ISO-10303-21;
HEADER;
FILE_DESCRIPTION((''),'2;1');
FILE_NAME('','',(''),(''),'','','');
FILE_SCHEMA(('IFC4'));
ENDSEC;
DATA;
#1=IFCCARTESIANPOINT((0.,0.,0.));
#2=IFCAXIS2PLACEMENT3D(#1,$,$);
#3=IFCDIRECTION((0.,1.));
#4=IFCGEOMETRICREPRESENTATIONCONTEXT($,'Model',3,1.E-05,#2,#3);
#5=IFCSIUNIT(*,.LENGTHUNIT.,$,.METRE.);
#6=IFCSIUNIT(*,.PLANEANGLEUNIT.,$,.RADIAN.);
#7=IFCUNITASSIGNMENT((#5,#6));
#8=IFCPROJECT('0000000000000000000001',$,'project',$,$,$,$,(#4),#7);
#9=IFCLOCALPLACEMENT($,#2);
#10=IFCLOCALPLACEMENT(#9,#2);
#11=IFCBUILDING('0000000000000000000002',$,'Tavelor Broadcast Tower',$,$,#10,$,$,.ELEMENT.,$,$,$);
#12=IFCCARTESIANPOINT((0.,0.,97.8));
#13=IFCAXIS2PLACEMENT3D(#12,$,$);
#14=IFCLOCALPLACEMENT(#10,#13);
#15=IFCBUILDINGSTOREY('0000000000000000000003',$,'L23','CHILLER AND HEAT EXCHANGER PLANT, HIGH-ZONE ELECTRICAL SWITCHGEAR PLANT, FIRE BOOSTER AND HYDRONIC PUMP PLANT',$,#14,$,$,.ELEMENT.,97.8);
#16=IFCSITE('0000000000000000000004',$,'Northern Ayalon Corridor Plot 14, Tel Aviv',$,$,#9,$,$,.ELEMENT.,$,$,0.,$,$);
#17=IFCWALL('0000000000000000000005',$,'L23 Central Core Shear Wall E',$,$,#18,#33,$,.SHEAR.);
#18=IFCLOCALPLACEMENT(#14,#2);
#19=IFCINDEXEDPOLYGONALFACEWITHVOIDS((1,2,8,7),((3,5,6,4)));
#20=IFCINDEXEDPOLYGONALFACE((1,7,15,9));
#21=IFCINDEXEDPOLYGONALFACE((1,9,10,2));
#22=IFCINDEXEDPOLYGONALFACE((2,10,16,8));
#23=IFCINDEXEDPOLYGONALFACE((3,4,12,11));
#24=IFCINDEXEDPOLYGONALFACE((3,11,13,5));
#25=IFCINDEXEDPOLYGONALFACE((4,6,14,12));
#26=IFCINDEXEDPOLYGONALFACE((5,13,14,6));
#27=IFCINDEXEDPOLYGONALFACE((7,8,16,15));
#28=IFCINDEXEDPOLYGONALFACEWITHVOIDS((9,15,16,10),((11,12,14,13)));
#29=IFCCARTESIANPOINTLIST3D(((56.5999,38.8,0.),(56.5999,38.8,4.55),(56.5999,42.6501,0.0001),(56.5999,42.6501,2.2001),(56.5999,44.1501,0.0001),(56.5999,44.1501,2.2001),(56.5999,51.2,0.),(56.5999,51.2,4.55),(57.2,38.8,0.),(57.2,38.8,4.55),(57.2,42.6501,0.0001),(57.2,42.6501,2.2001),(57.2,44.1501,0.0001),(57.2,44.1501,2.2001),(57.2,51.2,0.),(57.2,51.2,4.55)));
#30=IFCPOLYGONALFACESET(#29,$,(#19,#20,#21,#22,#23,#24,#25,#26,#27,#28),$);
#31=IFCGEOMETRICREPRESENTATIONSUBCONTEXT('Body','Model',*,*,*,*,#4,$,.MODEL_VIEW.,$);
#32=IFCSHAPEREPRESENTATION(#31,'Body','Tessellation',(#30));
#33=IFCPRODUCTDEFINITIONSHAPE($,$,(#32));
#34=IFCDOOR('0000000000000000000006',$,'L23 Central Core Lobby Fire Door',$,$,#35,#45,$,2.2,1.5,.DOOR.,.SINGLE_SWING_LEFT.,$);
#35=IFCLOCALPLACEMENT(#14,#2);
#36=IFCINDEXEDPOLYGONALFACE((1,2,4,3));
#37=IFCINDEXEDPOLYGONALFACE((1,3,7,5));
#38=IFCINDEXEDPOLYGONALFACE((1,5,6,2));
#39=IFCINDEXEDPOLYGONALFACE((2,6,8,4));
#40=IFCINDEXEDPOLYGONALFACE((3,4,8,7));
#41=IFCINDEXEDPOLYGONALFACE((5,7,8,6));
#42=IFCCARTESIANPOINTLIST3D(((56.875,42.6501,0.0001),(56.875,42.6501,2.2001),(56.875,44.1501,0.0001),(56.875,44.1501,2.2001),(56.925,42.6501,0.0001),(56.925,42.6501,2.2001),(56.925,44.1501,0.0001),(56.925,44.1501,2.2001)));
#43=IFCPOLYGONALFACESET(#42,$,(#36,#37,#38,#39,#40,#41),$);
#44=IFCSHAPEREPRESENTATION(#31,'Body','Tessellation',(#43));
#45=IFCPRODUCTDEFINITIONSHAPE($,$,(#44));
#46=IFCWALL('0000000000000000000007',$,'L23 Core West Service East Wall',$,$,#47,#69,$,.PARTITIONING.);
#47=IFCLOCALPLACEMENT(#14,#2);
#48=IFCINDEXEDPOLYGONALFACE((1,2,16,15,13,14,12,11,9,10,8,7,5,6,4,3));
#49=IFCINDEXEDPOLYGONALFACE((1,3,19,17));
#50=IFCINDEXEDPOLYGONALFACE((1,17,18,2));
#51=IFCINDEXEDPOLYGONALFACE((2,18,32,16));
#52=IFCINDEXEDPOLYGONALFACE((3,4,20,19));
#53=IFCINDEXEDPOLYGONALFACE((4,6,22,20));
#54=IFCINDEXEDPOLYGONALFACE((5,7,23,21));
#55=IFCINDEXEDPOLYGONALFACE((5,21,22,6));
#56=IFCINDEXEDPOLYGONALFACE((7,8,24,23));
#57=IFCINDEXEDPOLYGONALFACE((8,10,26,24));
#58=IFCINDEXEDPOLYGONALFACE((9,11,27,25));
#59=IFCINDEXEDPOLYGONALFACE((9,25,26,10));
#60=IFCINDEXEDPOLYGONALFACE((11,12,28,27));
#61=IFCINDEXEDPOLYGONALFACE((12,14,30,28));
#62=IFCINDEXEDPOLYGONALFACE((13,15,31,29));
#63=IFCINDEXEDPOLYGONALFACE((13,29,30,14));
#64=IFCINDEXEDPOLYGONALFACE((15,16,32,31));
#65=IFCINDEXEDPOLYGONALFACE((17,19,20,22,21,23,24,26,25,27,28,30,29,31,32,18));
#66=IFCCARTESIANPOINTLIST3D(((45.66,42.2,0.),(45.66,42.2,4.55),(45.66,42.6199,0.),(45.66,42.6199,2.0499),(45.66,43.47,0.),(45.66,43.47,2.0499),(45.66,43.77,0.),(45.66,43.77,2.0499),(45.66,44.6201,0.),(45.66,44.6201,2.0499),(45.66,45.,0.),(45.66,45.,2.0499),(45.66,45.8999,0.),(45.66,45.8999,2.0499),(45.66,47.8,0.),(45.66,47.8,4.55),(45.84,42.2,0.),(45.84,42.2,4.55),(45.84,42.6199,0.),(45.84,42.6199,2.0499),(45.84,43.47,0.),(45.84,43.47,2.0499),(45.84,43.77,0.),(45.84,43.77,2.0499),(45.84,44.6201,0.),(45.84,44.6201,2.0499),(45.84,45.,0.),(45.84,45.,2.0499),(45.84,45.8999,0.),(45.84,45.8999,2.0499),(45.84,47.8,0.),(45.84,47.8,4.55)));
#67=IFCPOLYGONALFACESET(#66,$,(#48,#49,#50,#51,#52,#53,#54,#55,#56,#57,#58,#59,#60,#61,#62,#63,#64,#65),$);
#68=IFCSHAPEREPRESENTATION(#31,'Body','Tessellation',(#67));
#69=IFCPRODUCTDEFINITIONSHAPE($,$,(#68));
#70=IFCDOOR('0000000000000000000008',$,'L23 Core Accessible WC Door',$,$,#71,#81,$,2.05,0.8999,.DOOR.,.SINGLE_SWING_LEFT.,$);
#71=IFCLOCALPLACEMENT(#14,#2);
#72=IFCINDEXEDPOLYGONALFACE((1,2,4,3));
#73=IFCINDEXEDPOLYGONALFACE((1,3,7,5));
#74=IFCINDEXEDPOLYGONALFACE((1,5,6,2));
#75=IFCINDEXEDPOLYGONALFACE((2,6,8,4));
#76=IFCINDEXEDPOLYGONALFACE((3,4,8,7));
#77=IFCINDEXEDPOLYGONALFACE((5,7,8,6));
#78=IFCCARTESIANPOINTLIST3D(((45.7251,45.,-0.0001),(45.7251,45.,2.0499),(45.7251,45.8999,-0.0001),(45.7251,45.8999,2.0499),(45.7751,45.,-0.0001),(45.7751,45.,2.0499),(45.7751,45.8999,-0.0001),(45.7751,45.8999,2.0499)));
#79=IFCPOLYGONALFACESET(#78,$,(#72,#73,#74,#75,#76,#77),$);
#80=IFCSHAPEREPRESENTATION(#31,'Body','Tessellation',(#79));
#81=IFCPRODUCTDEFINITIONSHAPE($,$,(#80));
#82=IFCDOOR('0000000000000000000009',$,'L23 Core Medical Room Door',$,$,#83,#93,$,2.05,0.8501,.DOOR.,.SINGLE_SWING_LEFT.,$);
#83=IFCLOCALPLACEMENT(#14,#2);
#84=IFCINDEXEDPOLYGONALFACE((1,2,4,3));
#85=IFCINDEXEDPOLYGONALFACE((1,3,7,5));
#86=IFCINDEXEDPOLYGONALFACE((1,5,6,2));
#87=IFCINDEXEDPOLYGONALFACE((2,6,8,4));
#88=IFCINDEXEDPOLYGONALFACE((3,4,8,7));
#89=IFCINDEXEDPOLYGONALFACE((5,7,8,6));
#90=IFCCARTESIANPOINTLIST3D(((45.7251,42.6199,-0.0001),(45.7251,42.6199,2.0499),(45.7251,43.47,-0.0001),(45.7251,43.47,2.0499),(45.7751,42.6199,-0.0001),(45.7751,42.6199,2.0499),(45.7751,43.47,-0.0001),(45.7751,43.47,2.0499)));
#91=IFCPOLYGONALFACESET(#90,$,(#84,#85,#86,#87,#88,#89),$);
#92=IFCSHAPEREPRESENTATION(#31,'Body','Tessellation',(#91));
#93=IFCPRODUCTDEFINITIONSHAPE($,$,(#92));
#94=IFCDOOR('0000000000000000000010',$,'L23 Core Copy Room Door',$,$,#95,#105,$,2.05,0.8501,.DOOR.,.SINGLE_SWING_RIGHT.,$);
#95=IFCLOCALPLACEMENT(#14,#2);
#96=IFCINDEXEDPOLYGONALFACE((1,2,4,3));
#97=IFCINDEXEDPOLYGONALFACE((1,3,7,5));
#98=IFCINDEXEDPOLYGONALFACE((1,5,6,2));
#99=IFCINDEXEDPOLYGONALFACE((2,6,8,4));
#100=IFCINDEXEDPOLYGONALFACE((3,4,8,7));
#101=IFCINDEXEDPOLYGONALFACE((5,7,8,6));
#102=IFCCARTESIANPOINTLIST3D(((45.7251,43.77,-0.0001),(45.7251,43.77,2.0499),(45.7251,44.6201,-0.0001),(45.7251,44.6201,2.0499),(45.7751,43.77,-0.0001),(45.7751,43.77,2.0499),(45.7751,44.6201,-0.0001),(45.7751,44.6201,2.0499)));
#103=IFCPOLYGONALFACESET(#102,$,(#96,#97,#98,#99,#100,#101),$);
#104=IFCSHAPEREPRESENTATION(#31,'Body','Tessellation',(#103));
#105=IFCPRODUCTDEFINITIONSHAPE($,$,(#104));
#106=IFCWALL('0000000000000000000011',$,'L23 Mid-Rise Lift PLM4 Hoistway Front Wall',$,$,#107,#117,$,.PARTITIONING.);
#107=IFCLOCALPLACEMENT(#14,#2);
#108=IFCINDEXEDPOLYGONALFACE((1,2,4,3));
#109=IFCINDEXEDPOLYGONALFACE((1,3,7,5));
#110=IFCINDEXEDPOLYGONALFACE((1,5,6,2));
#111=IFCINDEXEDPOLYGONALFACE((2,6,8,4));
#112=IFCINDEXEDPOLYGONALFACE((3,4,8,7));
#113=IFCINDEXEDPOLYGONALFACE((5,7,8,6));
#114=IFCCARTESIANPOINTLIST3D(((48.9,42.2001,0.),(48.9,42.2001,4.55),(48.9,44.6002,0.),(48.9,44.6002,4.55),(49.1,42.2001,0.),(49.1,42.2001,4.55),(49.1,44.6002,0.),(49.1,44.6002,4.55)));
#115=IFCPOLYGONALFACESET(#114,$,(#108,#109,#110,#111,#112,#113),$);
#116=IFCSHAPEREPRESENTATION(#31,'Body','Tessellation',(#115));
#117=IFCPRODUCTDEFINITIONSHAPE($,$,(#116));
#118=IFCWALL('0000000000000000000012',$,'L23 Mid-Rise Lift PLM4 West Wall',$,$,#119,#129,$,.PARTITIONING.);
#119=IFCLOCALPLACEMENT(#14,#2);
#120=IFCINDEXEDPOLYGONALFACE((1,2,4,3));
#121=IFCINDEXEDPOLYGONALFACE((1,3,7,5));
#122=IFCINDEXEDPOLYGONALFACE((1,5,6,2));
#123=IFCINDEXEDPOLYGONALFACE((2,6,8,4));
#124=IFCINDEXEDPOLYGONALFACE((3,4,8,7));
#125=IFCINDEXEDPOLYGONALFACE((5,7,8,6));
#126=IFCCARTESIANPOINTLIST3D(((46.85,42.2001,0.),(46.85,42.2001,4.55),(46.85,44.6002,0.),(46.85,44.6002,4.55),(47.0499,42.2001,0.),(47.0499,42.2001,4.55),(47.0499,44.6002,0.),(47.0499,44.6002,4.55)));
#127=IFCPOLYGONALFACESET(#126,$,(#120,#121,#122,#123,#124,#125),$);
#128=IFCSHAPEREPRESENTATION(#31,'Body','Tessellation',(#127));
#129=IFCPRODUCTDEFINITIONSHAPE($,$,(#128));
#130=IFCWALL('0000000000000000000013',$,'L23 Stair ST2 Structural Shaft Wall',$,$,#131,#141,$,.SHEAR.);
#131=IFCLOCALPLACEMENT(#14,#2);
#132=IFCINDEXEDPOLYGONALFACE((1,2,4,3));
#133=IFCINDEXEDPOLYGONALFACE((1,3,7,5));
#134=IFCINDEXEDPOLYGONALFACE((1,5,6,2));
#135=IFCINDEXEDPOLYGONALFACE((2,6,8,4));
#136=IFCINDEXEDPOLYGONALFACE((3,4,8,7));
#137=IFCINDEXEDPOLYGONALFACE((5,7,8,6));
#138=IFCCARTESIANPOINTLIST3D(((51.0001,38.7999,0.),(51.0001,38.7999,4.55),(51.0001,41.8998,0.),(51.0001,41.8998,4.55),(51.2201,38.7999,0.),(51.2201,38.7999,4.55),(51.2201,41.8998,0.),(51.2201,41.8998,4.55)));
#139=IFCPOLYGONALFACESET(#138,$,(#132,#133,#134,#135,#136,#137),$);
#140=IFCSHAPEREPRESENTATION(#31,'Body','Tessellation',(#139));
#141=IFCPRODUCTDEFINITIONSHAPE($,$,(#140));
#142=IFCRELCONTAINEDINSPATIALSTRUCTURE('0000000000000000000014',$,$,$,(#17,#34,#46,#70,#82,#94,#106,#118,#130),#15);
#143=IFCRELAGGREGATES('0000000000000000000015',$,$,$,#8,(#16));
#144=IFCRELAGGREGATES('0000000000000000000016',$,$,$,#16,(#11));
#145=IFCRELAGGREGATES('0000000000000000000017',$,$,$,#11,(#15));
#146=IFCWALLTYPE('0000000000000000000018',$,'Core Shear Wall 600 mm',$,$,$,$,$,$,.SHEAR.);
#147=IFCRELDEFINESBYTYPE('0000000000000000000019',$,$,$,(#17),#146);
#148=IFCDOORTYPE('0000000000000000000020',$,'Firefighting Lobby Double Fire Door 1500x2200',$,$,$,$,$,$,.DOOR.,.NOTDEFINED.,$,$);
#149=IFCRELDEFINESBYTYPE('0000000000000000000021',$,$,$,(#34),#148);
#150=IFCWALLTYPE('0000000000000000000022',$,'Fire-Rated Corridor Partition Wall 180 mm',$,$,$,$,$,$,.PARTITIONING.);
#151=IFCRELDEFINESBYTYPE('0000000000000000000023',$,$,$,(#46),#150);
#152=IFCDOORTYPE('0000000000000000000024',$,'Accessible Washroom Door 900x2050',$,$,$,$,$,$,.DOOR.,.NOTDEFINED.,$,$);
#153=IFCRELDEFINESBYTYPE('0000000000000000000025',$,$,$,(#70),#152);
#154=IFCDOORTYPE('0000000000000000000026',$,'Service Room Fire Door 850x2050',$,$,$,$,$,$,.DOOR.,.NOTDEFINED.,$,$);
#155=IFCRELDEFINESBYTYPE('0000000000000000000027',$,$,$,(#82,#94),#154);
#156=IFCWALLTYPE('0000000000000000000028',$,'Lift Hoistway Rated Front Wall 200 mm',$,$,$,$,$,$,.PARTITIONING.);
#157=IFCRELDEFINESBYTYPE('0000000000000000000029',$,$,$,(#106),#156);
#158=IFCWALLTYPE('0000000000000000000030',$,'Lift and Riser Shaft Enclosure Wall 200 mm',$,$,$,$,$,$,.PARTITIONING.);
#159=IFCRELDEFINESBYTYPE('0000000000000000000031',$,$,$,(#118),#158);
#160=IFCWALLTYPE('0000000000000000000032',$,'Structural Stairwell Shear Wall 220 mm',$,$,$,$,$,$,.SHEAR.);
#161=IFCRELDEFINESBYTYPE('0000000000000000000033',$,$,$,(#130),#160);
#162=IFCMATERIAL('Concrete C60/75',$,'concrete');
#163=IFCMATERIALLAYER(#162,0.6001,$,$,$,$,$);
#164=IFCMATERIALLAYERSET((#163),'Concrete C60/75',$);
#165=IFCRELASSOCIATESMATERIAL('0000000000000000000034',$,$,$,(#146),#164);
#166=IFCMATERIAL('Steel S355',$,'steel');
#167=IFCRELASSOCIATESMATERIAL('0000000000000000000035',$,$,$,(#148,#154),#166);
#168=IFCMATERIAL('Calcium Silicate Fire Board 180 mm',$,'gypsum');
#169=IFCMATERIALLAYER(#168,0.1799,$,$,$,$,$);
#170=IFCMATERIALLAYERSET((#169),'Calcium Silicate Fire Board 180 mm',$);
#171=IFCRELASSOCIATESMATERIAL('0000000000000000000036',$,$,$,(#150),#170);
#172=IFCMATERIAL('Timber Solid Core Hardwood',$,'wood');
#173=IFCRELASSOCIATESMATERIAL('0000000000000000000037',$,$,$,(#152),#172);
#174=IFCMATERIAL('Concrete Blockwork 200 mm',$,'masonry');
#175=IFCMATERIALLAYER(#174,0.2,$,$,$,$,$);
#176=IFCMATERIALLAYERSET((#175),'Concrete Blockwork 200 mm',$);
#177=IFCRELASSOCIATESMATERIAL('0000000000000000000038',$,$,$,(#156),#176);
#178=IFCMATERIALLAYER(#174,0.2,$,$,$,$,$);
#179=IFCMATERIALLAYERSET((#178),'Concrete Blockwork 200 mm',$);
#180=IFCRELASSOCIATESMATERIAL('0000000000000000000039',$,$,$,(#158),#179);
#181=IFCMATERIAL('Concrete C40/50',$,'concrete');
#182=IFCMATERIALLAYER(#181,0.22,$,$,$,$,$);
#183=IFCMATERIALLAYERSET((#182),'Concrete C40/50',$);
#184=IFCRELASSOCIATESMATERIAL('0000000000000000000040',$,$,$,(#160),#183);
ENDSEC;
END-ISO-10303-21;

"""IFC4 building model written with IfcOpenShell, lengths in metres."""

from ifc_helpers import new_model, si_unit, direction, frame, frame_2d, origin, place, context, subcontext, project, spatial, rectangle, extrude, material, layer, layer_set, type_object, element, fill, save


model = new_model("IFC4")

# Units and contexts
model_context = context("Model", 3, precision=1e-05, world=origin(), true_north=direction((0.0, 1.0)))
body_context = subcontext(model_context, "Body", "Model", "MODEL_VIEW")
ifc_project = project(units=[si_unit("LENGTHUNIT", "METRE"), si_unit("PLANEANGLEUNIT", "RADIAN")], contexts=[model_context])

# Site, building, storey
site_placement = place(None, origin())
site = spatial("IfcSite", under=ifc_project, at=site_placement, Name="Northern Ayalon Corridor Plot 14, Tel Aviv", CompositionType="ELEMENT", RefElevation=0.0)
building_placement = place(site_placement, origin())
building = spatial("IfcBuilding", under=site, at=building_placement, Name="Tavelor Broadcast Tower", CompositionType="ELEMENT")
storey_placement = place(building_placement, frame((0.0, 0.0, 97.8)))
storey = spatial("IfcBuildingStorey", under=building, at=storey_placement, Name="L23", Description="CHILLER AND HEAT EXCHANGER PLANT, HIGH-ZONE ELECTRICAL SWITCHGEAR PLANT, FIRE BOOSTER AND HYDRONIC PUMP PLANT", CompositionType="ELEMENT", Elevation=97.8)

# Shared definitions
ifc_material_1 = material(Name="Concrete C60/75", Category="concrete")

# Shared definitions
ifc_material_2 = material(Name="Concrete C40/50", Category="concrete")
ifc_material_3 = material(Name="Steel S355", Category="steel")

# Wall, opening, door
ifc_layer_1 = layer(ifc_material_1, 0.6001)
ifc_layer_set_1 = layer_set([ifc_layer_1], Name="Concrete C60/75")
wall_type_1 = type_object("IfcWallType", Name="Core Shear Wall 600 mm", PredefinedType="SHEAR", material=ifc_layer_set_1)
wall_1_placement = place(storey_placement, frame((56.8999, 38.8, 0.0), z_axis=(0.0, 0.0, 1.0), x_axis=(0.0, 1.0, 0.0)))
wall_1 = element("IfcWall", 1, at=wall_1_placement, inside=storey, type_object=wall_type_1, Name="L23 Central Core Shear Wall E", PredefinedType="SHEAR", context=body_context, shape_type="SweptSolid", body=[
    extrude(rectangle(XDim=12.3999, YDim=0.6001, at=frame_2d((6.2, 0.0))), origin(), (0.0, 0.0, 1.0), 4.55),
])
opening_1_placement = place(wall_1_placement, frame((3.8501, 0.0, 0.0)))
opening_1 = element("IfcOpeningElement", 2, at=opening_1_placement, cuts=wall_1, PredefinedType="OPENING", context=body_context, shape_type="SweptSolid", body=[
    extrude(rectangle(XDim=1.5, YDim=2.2, at=frame_2d((0.75, 1.1001))), frame((0.0, 0.3101, 0.0), z_axis=(0.0, -1.0, 0.0), x_axis=(1.0, 0.0, 0.0)), (0.0, 0.0, 1.0), 0.6201),
])
door_type_1 = type_object("IfcDoorType", Name="Firefighting Lobby Double Fire Door 1500x2200", OperationType="NOTDEFINED", PredefinedType="DOOR", material=ifc_material_3)
door_1_placement = place(opening_1_placement, origin())
door_1 = element("IfcDoor", 3, at=door_1_placement, inside=storey, type_object=door_type_1, Name="L23 Central Core Lobby Fire Door", OperationType="SINGLE_SWING_LEFT", OverallHeight=2.2, OverallWidth=1.5, PredefinedType="DOOR", context=body_context, shape_type="SweptSolid", body=[
    extrude(rectangle(XDim=1.5, YDim=2.2, at=frame_2d((0.75, 1.1001))), frame((0.0, 0.0249, 0.0), z_axis=(0.0, -1.0, 0.0), x_axis=(1.0, 0.0, 0.0)), (0.0, 0.0, 1.0), 0.05),
])
fill(opening_1, door_1)

# Wall, openings, doors
ifc_material_4 = material(Name="Calcium Silicate Fire Board 180 mm", Category="gypsum")
ifc_layer_2 = layer(ifc_material_4, 0.1799)
ifc_layer_set_2 = layer_set([ifc_layer_2], Name="Calcium Silicate Fire Board 180 mm")
wall_type_2 = type_object("IfcWallType", Name="Fire-Rated Corridor Partition Wall 180 mm", PredefinedType="PARTITIONING", material=ifc_layer_set_2)
wall_2_placement = place(storey_placement, frame((45.75, 42.2, 0.0), z_axis=(0.0, 0.0, 1.0), x_axis=(0.0, 1.0, 0.0)))
wall_2 = element("IfcWall", 4, at=wall_2_placement, inside=storey, type_object=wall_type_2, Name="L23 Core West Service East Wall", PredefinedType="PARTITIONING", context=body_context, shape_type="SweptSolid", body=[
    extrude(rectangle(XDim=5.6001, YDim=0.1799, at=frame_2d((2.8, 0.0))), origin(), (0.0, 0.0, 1.0), 4.55),
])
opening_2_placement = place(wall_2_placement, frame((0.4199, 0.0, 0.0)))
opening_2 = element("IfcOpeningElement", 5, at=opening_2_placement, cuts=wall_2, PredefinedType="OPENING", context=body_context, shape_type="SweptSolid", body=[
    extrude(rectangle(XDim=0.8501, YDim=2.05, at=frame_2d((0.425, 1.0249))), frame((0.0, 0.1001, 0.0), z_axis=(0.0, -1.0, 0.0), x_axis=(1.0, 0.0, 0.0)), (0.0, 0.0, 1.0), 0.2),
])
opening_3_placement = place(wall_2_placement, frame((1.5701, 0.0, 0.0)))
opening_3 = element("IfcOpeningElement", 6, at=opening_3_placement, cuts=wall_2, PredefinedType="OPENING", context=body_context, shape_type="SweptSolid", body=[
    extrude(rectangle(XDim=0.8501, YDim=2.05, at=frame_2d((0.425, 1.0249))), frame((0.0, 0.1001, 0.0), z_axis=(0.0, -1.0, 0.0), x_axis=(1.0, 0.0, 0.0)), (0.0, 0.0, 1.0), 0.2),
])
opening_4_placement = place(wall_2_placement, frame((2.8, 0.0, 0.0)))
opening_4 = element("IfcOpeningElement", 7, at=opening_4_placement, cuts=wall_2, PredefinedType="OPENING", context=body_context, shape_type="SweptSolid", body=[
    extrude(rectangle(XDim=0.8999, YDim=2.05, at=frame_2d((0.45, 1.0249))), frame((0.0, 0.1001, 0.0), z_axis=(0.0, -1.0, 0.0), x_axis=(1.0, 0.0, 0.0)), (0.0, 0.0, 1.0), 0.2),
])
ifc_material_5 = material(Name="Timber Solid Core Hardwood", Category="wood")
door_type_2 = type_object("IfcDoorType", Name="Accessible Washroom Door 900x2050", OperationType="NOTDEFINED", PredefinedType="DOOR", material=ifc_material_5)
door_2_placement = place(opening_4_placement, origin())
door_2 = element("IfcDoor", 8, at=door_2_placement, inside=storey, type_object=door_type_2, Name="L23 Core Accessible WC Door", OperationType="SINGLE_SWING_LEFT", OverallHeight=2.05, OverallWidth=0.8999, PredefinedType="DOOR", context=body_context, shape_type="SweptSolid", body=[
    extrude(rectangle(XDim=0.8999, YDim=2.05, at=frame_2d((0.45, 1.0249))), frame((0.0, 0.0249, 0.0), z_axis=(0.0, -1.0, 0.0), x_axis=(1.0, 0.0, 0.0)), (0.0, 0.0, 1.0), 0.05),
])
fill(opening_4, door_2)
door_type_3 = type_object("IfcDoorType", Name="Service Room Fire Door 850x2050", OperationType="NOTDEFINED", PredefinedType="DOOR", material=ifc_material_3)
door_3_placement = place(opening_2_placement, origin())
door_3 = element("IfcDoor", 9, at=door_3_placement, inside=storey, type_object=door_type_3, Name="L23 Core Medical Room Door", OperationType="SINGLE_SWING_LEFT", OverallHeight=2.05, OverallWidth=0.8501, PredefinedType="DOOR", context=body_context, shape_type="SweptSolid", body=[
    extrude(rectangle(XDim=0.8501, YDim=2.05, at=frame_2d((0.425, 1.0249))), frame((0.0, 0.0249, 0.0), z_axis=(0.0, -1.0, 0.0), x_axis=(1.0, 0.0, 0.0)), (0.0, 0.0, 1.0), 0.05),
])
fill(opening_2, door_3)
door_4_placement = place(opening_3_placement, origin())
door_4 = element("IfcDoor", 10, at=door_4_placement, inside=storey, type_object=door_type_3, Name="L23 Core Copy Room Door", OperationType="SINGLE_SWING_RIGHT", OverallHeight=2.05, OverallWidth=0.8501, PredefinedType="DOOR", context=body_context, shape_type="SweptSolid", body=[
    extrude(rectangle(XDim=0.8501, YDim=2.05, at=frame_2d((0.425, 1.0249))), frame((0.0, 0.0249, 0.0), z_axis=(0.0, -1.0, 0.0), x_axis=(1.0, 0.0, 0.0)), (0.0, 0.0, 1.0), 0.05),
])
fill(opening_3, door_4)

# Walls
ifc_material_6 = material(Name="Concrete Blockwork 200 mm", Category="masonry")
ifc_layer_3 = layer(ifc_material_6, 0.2)
ifc_layer_set_3 = layer_set([ifc_layer_3], Name="Concrete Blockwork 200 mm")
wall_type_3 = type_object("IfcWallType", Name="Lift Hoistway Rated Front Wall 200 mm", PredefinedType="PARTITIONING", material=ifc_layer_set_3)
wall_3_placement = place(storey_placement, frame((49.0, 42.2, 0.0), z_axis=(0.0, 0.0, 1.0), x_axis=(0.0, 1.0, 0.0)))
element("IfcWall", 11, at=wall_3_placement, inside=storey, type_object=wall_type_3, Name="L23 Mid-Rise Lift PLM4 Hoistway Front Wall", PredefinedType="PARTITIONING", context=body_context, shape_type="SweptSolid", body=[
    extrude(rectangle(XDim=2.4001, YDim=0.2, at=frame_2d((1.2002, 0.0))), origin(), (0.0, 0.0, 1.0), 4.55),
])
ifc_layer_4 = layer(ifc_material_6, 0.2)
ifc_layer_set_4 = layer_set([ifc_layer_4], Name="Concrete Blockwork 200 mm")
wall_type_4 = type_object("IfcWallType", Name="Lift and Riser Shaft Enclosure Wall 200 mm", PredefinedType="PARTITIONING", material=ifc_layer_set_4)
wall_4_placement = place(storey_placement, frame((46.95, 42.2, 0.0), z_axis=(0.0, 0.0, 1.0), x_axis=(0.0, 1.0, 0.0)))
element("IfcWall", 12, at=wall_4_placement, inside=storey, type_object=wall_type_4, Name="L23 Mid-Rise Lift PLM4 West Wall", PredefinedType="PARTITIONING", context=body_context, shape_type="SweptSolid", body=[
    extrude(rectangle(XDim=2.4001, YDim=0.2, at=frame_2d((1.2002, 0.0))), origin(), (0.0, 0.0, 1.0), 4.55),
])
ifc_layer_5 = layer(ifc_material_2, 0.22)
ifc_layer_set_5 = layer_set([ifc_layer_5], Name="Concrete C40/50")
wall_type_5 = type_object("IfcWallType", Name="Structural Stairwell Shear Wall 220 mm", PredefinedType="SHEAR", material=ifc_layer_set_5)
wall_5_placement = place(storey_placement, frame((51.1101, 38.8, 0.0), z_axis=(0.0, 0.0, 1.0), x_axis=(0.0, 1.0, 0.0)))
element("IfcWall", 13, at=wall_5_placement, inside=storey, type_object=wall_type_5, Name="L23 Stair ST2 Structural Shaft Wall", PredefinedType="SHEAR", context=body_context, shape_type="SweptSolid", body=[
    extrude(rectangle(XDim=3.0999, YDim=0.22, at=frame_2d((1.5498, 0.0))), origin(), (0.0, 0.0, 1.0), 4.55),
])

save(model, "model.ifc")
